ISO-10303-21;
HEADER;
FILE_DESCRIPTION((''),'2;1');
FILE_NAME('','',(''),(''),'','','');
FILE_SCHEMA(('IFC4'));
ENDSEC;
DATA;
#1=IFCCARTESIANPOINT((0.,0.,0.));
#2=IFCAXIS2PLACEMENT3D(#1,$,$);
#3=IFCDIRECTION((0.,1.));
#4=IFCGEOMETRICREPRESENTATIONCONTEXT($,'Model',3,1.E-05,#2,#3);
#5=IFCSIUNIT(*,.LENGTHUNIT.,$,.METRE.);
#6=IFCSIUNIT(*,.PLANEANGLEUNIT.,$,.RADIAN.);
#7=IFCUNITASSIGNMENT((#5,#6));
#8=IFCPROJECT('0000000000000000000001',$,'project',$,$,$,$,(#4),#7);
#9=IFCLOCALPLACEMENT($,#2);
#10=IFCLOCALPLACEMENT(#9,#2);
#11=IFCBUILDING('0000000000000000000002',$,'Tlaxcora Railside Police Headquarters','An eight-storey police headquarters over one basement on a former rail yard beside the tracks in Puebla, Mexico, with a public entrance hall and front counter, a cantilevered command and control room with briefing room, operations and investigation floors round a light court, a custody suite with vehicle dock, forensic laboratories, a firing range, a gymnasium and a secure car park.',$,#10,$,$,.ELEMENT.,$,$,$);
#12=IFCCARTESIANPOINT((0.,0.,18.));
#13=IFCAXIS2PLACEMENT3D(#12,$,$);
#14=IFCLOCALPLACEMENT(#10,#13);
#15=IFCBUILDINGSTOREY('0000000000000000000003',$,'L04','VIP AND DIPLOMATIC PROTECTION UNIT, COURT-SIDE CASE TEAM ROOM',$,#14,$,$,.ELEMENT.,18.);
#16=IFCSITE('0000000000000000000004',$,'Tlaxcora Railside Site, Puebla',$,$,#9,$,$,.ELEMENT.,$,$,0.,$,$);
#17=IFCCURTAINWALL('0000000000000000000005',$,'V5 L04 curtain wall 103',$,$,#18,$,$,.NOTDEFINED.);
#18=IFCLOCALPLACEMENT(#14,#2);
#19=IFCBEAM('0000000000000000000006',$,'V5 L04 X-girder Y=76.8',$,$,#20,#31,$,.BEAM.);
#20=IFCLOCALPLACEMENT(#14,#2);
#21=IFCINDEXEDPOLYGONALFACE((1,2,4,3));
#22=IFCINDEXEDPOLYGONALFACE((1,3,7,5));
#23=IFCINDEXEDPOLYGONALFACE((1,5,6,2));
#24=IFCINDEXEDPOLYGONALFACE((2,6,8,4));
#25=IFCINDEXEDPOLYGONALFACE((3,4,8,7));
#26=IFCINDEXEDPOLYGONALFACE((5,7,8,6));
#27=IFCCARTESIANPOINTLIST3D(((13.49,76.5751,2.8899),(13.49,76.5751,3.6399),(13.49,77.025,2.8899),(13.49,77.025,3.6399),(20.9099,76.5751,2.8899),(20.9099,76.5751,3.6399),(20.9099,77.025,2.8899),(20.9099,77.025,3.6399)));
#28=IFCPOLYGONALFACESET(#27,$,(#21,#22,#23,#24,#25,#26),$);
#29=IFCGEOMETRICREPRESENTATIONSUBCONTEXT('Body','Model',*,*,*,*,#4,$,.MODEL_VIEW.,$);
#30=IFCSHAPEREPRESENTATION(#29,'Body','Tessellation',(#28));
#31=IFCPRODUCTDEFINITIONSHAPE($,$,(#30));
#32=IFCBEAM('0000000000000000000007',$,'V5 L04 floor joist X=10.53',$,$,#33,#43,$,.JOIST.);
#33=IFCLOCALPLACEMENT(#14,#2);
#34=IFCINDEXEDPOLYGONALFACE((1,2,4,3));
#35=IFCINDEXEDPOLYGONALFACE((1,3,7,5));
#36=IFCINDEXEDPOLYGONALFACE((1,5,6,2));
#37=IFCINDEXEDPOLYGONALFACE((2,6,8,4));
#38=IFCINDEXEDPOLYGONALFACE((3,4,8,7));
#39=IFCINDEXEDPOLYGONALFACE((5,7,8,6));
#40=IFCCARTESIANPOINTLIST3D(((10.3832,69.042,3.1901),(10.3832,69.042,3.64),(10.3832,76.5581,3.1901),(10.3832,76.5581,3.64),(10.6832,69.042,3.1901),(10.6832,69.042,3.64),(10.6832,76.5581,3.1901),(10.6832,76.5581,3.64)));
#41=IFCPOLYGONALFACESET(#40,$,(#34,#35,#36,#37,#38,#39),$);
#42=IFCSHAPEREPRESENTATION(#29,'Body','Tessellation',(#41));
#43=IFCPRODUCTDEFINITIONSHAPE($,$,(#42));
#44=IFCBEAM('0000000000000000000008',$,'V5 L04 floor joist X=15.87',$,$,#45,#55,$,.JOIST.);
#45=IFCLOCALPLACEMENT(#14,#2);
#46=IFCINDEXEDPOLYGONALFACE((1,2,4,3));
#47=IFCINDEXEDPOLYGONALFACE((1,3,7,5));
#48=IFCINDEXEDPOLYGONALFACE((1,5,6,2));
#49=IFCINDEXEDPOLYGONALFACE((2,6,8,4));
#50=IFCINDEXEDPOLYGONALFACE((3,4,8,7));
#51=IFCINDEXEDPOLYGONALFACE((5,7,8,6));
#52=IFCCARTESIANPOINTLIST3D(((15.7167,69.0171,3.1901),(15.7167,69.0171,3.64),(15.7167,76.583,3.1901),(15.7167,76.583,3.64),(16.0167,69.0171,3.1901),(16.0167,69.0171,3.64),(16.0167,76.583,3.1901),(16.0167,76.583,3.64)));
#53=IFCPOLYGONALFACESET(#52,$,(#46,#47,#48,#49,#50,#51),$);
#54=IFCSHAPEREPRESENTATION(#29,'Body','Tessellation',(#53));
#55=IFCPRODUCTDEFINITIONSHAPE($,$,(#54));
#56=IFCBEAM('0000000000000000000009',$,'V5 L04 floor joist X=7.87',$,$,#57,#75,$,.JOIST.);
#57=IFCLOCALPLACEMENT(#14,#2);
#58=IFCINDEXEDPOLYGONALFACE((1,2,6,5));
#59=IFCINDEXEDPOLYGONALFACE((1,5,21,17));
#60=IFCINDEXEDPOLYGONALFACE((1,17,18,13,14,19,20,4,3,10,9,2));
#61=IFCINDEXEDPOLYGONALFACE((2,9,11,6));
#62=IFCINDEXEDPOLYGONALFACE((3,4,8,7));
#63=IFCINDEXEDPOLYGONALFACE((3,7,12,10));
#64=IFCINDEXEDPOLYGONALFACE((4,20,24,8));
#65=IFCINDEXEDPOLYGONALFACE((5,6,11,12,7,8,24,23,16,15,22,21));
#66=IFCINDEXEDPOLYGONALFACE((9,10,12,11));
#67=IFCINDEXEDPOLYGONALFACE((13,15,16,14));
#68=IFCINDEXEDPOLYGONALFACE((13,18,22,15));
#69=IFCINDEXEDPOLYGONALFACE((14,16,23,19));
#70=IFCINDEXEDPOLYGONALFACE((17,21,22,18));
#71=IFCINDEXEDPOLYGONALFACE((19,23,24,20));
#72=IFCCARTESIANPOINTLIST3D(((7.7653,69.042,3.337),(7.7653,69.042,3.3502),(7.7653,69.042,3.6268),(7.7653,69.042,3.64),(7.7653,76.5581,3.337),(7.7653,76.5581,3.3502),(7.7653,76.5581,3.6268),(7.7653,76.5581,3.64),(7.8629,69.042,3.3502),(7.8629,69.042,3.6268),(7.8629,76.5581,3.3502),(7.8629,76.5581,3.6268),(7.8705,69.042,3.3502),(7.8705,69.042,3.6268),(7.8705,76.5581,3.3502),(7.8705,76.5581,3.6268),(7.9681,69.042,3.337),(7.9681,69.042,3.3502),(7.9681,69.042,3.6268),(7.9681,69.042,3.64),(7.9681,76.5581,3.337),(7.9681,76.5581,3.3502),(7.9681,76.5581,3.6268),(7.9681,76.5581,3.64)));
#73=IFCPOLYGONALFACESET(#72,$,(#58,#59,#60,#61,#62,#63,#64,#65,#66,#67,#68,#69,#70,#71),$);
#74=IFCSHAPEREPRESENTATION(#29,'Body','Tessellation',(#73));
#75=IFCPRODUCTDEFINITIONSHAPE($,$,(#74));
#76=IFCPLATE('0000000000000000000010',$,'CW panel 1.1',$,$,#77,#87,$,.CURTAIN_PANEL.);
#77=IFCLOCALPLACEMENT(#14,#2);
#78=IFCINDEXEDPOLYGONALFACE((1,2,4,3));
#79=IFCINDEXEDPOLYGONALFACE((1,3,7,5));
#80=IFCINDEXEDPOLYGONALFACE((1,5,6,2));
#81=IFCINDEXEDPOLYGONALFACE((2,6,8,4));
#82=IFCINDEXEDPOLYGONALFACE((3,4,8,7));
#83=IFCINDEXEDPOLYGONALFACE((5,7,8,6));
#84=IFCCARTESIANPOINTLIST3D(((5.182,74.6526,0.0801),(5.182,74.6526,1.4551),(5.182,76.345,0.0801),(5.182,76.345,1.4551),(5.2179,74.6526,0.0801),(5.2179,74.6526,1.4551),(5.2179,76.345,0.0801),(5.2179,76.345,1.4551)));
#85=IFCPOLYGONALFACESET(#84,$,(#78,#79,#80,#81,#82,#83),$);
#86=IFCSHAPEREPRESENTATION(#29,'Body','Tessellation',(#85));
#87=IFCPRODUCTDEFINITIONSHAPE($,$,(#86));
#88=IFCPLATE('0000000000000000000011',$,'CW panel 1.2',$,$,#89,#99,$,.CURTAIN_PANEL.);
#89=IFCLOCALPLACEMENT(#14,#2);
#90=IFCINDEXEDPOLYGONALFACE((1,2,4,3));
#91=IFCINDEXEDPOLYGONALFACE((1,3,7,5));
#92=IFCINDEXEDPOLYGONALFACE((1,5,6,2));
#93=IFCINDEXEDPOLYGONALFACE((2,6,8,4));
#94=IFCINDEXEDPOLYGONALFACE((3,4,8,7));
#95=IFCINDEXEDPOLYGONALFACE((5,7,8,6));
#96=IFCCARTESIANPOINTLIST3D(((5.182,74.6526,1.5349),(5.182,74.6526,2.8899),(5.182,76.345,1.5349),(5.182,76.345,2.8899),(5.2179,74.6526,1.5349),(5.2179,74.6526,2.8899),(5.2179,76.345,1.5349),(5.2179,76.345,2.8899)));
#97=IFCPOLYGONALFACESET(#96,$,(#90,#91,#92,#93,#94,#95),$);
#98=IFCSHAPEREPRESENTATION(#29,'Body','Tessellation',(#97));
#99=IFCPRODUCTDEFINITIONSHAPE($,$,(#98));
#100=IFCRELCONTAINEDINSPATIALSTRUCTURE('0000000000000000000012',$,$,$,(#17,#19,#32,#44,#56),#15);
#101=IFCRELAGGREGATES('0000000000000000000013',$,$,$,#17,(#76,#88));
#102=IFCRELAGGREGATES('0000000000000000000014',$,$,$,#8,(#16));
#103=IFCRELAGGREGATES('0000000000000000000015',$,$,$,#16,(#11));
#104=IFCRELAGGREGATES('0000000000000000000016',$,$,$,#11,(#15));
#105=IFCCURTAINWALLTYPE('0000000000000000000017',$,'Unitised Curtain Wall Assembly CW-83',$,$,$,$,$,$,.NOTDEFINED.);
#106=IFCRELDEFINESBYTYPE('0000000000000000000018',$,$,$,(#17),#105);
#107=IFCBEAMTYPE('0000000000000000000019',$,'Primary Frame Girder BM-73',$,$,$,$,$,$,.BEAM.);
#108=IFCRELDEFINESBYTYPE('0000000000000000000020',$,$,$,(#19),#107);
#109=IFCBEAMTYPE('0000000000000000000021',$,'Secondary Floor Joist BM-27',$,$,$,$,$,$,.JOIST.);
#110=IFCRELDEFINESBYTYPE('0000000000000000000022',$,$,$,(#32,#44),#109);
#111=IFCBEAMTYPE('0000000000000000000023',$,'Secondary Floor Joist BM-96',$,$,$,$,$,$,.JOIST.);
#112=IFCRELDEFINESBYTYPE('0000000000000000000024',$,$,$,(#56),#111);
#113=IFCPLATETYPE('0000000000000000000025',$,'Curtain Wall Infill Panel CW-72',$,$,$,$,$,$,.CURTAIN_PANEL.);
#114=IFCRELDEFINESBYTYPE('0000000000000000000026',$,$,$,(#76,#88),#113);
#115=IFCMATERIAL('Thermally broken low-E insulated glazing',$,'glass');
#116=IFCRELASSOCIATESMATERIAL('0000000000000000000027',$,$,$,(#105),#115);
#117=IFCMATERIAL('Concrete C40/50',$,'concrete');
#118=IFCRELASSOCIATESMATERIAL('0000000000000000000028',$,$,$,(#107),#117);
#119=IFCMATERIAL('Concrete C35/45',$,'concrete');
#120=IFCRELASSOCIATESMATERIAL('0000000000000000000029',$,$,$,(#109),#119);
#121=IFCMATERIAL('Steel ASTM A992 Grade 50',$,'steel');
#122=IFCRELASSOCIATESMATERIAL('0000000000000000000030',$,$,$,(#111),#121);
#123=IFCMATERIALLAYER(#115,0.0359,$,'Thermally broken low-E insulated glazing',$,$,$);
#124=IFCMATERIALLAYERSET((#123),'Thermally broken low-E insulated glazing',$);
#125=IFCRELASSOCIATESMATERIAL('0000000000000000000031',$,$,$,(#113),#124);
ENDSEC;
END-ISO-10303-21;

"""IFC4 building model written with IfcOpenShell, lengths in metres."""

from ifc_helpers import new_model, si_unit, direction, frame, origin, origin_2d, place, context, subcontext, project, spatial, rectangle, i_section, extrude, material, layer, layer_set, material_profile, profile_set, type_object, element, aggregate, save


model = new_model("IFC4")

# Units and contexts
model_context = context("Model", 3, precision=1e-05, world=origin(), true_north=direction((0.0, 1.0)))
body_context = subcontext(model_context, "Body", "Model", "MODEL_VIEW")
ifc_project = project(units=[si_unit("LENGTHUNIT", "METRE"), si_unit("PLANEANGLEUNIT", "RADIAN")], contexts=[model_context])

# Site, building, storey
site_placement = place(None, origin())
site = spatial("IfcSite", under=ifc_project, at=site_placement, Name="Tlaxcora Railside Site, Puebla", CompositionType="ELEMENT", RefElevation=0.0)
building_placement = place(site_placement, origin())
building = spatial("IfcBuilding", under=site, at=building_placement, Name="Tlaxcora Railside Police Headquarters", Description="An eight-storey police headquarters over one basement on a former rail yard beside the tracks in Puebla, Mexico, with a public entrance hall and front counter, a cantilevered command and control room with briefing room, operations and investigation floors round a light court, a custody suite with vehicle dock, forensic laboratories, a firing range, a gymnasium and a secure car park.", CompositionType="ELEMENT")
storey_placement = place(building_placement, frame((0.0, 0.0, 18.0)))
storey = spatial("IfcBuildingStorey", under=building, at=storey_placement, Name="L04", Description="VIP AND DIPLOMATIC PROTECTION UNIT, COURT-SIDE CASE TEAM ROOM", CompositionType="ELEMENT", Elevation=18.0)

# Shared definitions
ifc_material_1 = material(Name="Concrete C40/50", Category="concrete")

# Curtain wall
ifc_material_2 = material(Name="Thermally broken low-E insulated glazing", Category="glass")
curtain_wall_type = type_object("IfcCurtainWallType", Name="Unitised Curtain Wall Assembly CW-83", PredefinedType="NOTDEFINED", material=ifc_material_2)
curtain_wall_placement = place(storey_placement, origin())
curtain_wall = element("IfcCurtainWall", 1, at=curtain_wall_placement, inside=storey, type_object=curtain_wall_type, Name="V5 L04 curtain wall 103", PredefinedType="NOTDEFINED")

# Beams
ifc_material_profile_1 = material_profile(ifc_material_1, rectangle(XDim=0.45, YDim=0.75, at=origin_2d()), Name="RC450X750")
ifc_profile_set_1 = profile_set([ifc_material_profile_1], Name="Concrete C40/50")
beam_type_1 = type_object("IfcBeamType", Name="Primary Frame Girder BM-73", PredefinedType="BEAM", material=ifc_profile_set_1)
beam_1_placement = place(storey_placement, frame((13.49, 76.8, 3.2649), z_axis=(1.0, 0.0, 0.0), x_axis=(0.0, 1.0, 0.0)))
element("IfcBeam", 2, at=beam_1_placement, inside=storey, type_object=beam_type_1, Name="V5 L04 X-girder Y=76.8", PredefinedType="BEAM", context=body_context, shape_type="SweptSolid", body=[
    extrude(rectangle(XDim=0.45, YDim=0.75, at=origin_2d()), origin(), (0.0, 0.0, 1.0), 7.4199),
])
ifc_material_3 = material(Name="Concrete C35/45", Category="concrete")
ifc_material_profile_2 = material_profile(ifc_material_3, rectangle(XDim=0.3, YDim=0.45, at=origin_2d()), Name="RC300X450")
ifc_profile_set_2 = profile_set([ifc_material_profile_2], Name="Concrete C35/45")
beam_type_2 = type_object("IfcBeamType", Name="Secondary Floor Joist BM-27", PredefinedType="JOIST", material=ifc_profile_set_2)
beam_2_placement = place(storey_placement, frame((10.5332, 69.042, 3.415), z_axis=(0.0, 1.0, 0.0), x_axis=(-1.0, 0.0, 0.0)))
element("IfcBeam", 3, at=beam_2_placement, inside=storey, type_object=beam_type_2, Name="V5 L04 floor joist X=10.53", PredefinedType="JOIST", context=body_context, shape_type="SweptSolid", body=[
    extrude(rectangle(XDim=0.3, YDim=0.45, at=origin_2d()), origin(), (0.0, 0.0, 1.0), 7.5161),
])
beam_3_placement = place(storey_placement, frame((15.8667, 69.0171, 3.415), z_axis=(0.0, 1.0, 0.0), x_axis=(-1.0, 0.0, 0.0)))
element("IfcBeam", 4, at=beam_3_placement, inside=storey, type_object=beam_type_2, Name="V5 L04 floor joist X=15.87", PredefinedType="JOIST", context=body_context, shape_type="SweptSolid", body=[
    extrude(rectangle(XDim=0.3, YDim=0.45, at=origin_2d()), origin(), (0.0, 0.0, 1.0), 7.5659),
])
ifc_material_4 = material(Name="Steel ASTM A992 Grade 50", Category="steel")
ifc_material_profile_3 = material_profile(ifc_material_4, i_section(OverallWidth=0.2029, OverallDepth=0.303, WebThickness=0.0076, FlangeThickness=0.0132, at=origin_2d()), Name="W12X40")
ifc_profile_set_3 = profile_set([ifc_material_profile_3], Name="Steel ASTM A992 Grade 50")
beam_type_3 = type_object("IfcBeamType", Name="Secondary Floor Joist BM-96", PredefinedType="JOIST", material=ifc_profile_set_3)
beam_4_placement = place(storey_placement, frame((7.8667, 69.042, 3.4885), z_axis=(0.0, 1.0, 0.0), x_axis=(-1.0, 0.0, 0.0)))
element("IfcBeam", 5, at=beam_4_placement, inside=storey, type_object=beam_type_3, Name="V5 L04 floor joist X=7.87", PredefinedType="JOIST", context=body_context, shape_type="SweptSolid", body=[
    extrude(i_section(OverallWidth=0.2029, OverallDepth=0.303, WebThickness=0.0076, FlangeThickness=0.0132, at=origin_2d()), origin(), (0.0, 0.0, 1.0), 7.5161),
])

# Plates
ifc_layer = layer(ifc_material_2, 0.0359, Name="Thermally broken low-E insulated glazing")
ifc_layer_set = layer_set([ifc_layer], Name="Thermally broken low-E insulated glazing")
plate_type = type_object("IfcPlateType", Name="Curtain Wall Infill Panel CW-72", PredefinedType="CURTAIN_PANEL", material=ifc_layer_set)
plate_1_placement = place(storey_placement, frame((5.2, 75.4988, 0.0801), z_axis=(0.0, 0.0, 1.0), x_axis=(0.0, -1.0, 0.0)))
plate_1 = element("IfcPlate", 6, at=plate_1_placement, type_object=plate_type, Name="CW panel 1.1", PredefinedType="CURTAIN_PANEL", context=body_context, shape_type="SweptSolid", body=[
    extrude(rectangle(XDim=1.6924, YDim=0.0359, at=origin_2d()), origin(), (0.0, 0.0, 1.0), 1.375),
])
plate_2_placement = place(storey_placement, frame((5.2, 75.4988, 1.5349), z_axis=(0.0, 0.0, 1.0), x_axis=(0.0, -1.0, 0.0)))
plate_2 = element("IfcPlate", 7, at=plate_2_placement, type_object=plate_type, Name="CW panel 1.2", PredefinedType="CURTAIN_PANEL", context=body_context, shape_type="SweptSolid", body=[
    extrude(rectangle(XDim=1.6924, YDim=0.0359, at=origin_2d()), origin(), (0.0, 0.0, 1.0), 1.355),
])
aggregate(curtain_wall, [plate_1, plate_2])

save(model, "model.ifc")
